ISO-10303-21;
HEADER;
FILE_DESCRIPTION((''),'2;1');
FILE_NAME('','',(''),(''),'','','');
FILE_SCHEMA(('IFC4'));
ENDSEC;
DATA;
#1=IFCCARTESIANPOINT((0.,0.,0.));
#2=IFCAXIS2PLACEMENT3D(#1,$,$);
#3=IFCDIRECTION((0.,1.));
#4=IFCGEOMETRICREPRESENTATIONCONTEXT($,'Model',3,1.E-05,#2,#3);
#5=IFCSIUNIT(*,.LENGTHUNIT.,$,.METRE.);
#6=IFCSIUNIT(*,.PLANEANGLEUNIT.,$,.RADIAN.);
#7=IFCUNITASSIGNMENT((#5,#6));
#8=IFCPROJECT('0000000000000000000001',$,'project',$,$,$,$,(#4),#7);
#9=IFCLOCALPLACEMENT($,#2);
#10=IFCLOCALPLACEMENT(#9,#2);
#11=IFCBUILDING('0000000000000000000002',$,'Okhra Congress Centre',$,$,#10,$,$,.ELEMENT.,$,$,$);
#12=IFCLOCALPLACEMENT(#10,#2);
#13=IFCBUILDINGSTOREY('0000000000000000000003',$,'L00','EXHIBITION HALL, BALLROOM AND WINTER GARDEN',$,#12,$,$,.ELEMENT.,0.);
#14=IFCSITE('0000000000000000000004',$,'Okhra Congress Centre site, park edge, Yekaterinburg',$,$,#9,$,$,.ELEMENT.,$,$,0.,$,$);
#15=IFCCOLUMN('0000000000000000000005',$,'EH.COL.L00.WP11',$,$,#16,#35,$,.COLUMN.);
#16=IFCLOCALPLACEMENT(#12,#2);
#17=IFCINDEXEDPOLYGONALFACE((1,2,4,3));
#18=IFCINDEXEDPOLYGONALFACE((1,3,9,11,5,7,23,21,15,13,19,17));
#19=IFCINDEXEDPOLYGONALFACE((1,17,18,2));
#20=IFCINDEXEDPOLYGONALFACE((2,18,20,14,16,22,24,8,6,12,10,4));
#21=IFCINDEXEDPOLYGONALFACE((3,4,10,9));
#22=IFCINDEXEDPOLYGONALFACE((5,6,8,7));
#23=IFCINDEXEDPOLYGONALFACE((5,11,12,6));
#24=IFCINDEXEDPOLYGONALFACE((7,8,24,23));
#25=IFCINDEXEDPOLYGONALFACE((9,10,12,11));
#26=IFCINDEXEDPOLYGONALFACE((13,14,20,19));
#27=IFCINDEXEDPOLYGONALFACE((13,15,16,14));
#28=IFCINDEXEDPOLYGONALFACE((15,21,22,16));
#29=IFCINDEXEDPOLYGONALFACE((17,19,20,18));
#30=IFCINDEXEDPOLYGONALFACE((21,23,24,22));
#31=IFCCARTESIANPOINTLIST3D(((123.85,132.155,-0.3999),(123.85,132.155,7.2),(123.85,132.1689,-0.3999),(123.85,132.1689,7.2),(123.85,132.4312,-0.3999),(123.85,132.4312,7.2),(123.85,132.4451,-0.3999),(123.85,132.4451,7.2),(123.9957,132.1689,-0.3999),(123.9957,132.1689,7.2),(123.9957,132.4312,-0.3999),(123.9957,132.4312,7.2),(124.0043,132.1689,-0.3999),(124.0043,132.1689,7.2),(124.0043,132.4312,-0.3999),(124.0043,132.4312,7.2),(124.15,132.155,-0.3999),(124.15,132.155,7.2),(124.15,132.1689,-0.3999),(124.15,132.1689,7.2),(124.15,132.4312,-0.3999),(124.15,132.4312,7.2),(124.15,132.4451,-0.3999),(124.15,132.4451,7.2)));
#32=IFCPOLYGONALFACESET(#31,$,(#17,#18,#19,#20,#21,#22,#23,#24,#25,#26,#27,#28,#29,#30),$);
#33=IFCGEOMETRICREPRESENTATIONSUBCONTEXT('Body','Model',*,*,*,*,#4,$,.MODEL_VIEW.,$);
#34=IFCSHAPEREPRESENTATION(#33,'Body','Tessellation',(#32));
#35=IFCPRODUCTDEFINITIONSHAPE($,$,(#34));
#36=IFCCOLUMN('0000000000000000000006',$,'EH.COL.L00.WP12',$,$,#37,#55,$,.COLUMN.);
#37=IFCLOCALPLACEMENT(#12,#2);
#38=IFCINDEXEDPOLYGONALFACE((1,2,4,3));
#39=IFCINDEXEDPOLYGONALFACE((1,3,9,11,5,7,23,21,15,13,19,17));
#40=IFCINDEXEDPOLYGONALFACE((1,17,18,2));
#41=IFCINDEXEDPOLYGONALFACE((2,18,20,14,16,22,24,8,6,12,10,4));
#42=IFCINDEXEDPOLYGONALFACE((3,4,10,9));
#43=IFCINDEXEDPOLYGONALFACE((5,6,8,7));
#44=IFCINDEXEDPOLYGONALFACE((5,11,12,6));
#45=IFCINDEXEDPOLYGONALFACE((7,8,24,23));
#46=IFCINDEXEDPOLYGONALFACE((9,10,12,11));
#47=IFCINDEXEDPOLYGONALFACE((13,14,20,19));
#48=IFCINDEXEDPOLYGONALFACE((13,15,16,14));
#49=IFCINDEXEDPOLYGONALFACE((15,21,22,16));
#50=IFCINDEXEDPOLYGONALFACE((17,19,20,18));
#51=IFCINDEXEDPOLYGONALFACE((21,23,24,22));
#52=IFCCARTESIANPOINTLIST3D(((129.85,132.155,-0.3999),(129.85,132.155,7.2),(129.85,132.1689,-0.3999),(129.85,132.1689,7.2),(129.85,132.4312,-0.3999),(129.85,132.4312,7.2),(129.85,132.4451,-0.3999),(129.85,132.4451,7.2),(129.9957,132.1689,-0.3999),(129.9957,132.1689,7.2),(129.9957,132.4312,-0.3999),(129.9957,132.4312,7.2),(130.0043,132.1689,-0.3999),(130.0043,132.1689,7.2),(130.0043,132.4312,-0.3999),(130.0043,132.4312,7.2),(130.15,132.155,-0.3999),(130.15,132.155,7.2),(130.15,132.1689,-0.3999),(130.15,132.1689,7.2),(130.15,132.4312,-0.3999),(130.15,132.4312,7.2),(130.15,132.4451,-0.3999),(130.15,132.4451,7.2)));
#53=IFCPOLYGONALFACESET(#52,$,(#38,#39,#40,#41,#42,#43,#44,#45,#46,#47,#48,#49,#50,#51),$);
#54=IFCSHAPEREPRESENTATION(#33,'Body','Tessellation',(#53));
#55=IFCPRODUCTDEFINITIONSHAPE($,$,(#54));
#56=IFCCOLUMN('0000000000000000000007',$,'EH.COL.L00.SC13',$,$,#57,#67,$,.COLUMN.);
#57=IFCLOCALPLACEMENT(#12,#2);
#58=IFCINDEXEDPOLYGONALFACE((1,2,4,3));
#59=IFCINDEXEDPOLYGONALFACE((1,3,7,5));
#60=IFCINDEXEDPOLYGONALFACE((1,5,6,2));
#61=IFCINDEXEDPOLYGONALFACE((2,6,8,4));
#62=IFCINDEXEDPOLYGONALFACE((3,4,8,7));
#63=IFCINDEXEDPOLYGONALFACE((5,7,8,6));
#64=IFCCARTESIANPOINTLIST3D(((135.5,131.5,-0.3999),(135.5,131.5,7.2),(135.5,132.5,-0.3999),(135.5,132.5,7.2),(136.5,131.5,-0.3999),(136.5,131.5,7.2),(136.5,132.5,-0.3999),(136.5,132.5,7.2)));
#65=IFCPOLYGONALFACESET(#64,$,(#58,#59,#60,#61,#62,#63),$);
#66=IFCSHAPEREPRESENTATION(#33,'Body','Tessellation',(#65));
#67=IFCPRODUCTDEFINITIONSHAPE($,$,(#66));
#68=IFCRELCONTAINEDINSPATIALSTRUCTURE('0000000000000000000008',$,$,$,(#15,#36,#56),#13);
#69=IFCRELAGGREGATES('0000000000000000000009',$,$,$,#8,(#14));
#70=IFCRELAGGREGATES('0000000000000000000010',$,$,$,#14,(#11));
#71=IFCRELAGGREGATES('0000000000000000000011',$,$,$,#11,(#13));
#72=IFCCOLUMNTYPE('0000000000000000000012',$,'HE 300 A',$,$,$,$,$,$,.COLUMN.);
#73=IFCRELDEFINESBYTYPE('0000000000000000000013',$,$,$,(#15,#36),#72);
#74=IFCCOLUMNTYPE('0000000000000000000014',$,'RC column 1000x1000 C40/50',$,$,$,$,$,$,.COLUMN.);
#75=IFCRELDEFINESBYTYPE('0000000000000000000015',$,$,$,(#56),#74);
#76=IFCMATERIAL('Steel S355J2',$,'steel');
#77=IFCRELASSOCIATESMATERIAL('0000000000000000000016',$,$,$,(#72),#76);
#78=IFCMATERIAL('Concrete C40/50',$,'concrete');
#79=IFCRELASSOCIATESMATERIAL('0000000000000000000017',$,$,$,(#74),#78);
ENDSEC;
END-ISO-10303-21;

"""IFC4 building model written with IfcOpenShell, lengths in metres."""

from ifc_helpers import new_model, si_unit, direction, frame, origin, origin_2d, place, context, subcontext, project, spatial, rectangle, i_section, extrude, material, material_profile, profile_set, type_object, element, save


model = new_model("IFC4")

# Units and contexts
model_context = context("Model", 3, precision=1e-05, world=origin(), true_north=direction((0.0, 1.0)))
body_context = subcontext(model_context, "Body", "Model", "MODEL_VIEW")
ifc_project = project(units=[si_unit("LENGTHUNIT", "METRE"), si_unit("PLANEANGLEUNIT", "RADIAN")], contexts=[model_context])

# Site, building, storey
site_placement = place(None, origin())
site = spatial("IfcSite", under=ifc_project, at=site_placement, Name="Okhra Congress Centre site, park edge, Yekaterinburg", CompositionType="ELEMENT", RefElevation=0.0)
building_placement = place(site_placement, origin())
building = spatial("IfcBuilding", under=site, at=building_placement, Name="Okhra Congress Centre", CompositionType="ELEMENT")
storey_placement = place(building_placement, origin())
storey = spatial("IfcBuildingStorey", under=building, at=storey_placement, Name="L00", Description="EXHIBITION HALL, BALLROOM AND WINTER GARDEN", CompositionType="ELEMENT", Elevation=0.0)

# Columns
ifc_material_1 = material(Name="Steel S355J2", Category="steel")
ifc_material_profile_1 = material_profile(ifc_material_1, i_section(OverallWidth=0.3, OverallDepth=0.29, WebThickness=0.0085, FlangeThickness=0.0139, at=origin_2d()), Name="HE 300 A")
ifc_profile_set_1 = profile_set([ifc_material_profile_1], Name="Steel S355J2")
column_type_1 = type_object("IfcColumnType", Name="HE 300 A", PredefinedType="COLUMN", material=ifc_profile_set_1)
for number, where, z_axis, x_axis, name in (
    (1, (124.0, 132.3, -0.3999), (0.0, 0.0, 1.0), (1.0, 0.0, 0.0), "EH.COL.L00.WP11"),
    (2, (130.0, 132.3, -0.3999), (0.0, 0.0, 1.0), (1.0, 0.0, 0.0), "EH.COL.L00.WP12"),
):
    element("IfcColumn", number, at=place(storey_placement, frame(where, z_axis=z_axis, x_axis=x_axis)), inside=storey, type_object=column_type_1, Name=name, PredefinedType="COLUMN", context=body_context, shape_type="SweptSolid", body=[
        extrude(i_section(OverallWidth=0.3, OverallDepth=0.29, WebThickness=0.0085, FlangeThickness=0.0139, at=origin_2d()), origin(), (0.0, 0.0, 1.0), 7.5999),
    ])
ifc_material_2 = material(Name="Concrete C40/50", Category="concrete")
ifc_material_profile_2 = material_profile(ifc_material_2, rectangle(XDim=1.0, YDim=1.0, at=origin_2d()), Name="RC 1000x1000")
ifc_profile_set_2 = profile_set([ifc_material_profile_2], Name="Concrete C40/50")
column_type_2 = type_object("IfcColumnType", Name="RC column 1000x1000 C40/50", PredefinedType="COLUMN", material=ifc_profile_set_2)
column_placement = place(storey_placement, frame((136.0, 132.0, -0.3999), z_axis=(0.0, 0.0, 1.0), x_axis=(1.0, 0.0, 0.0)))
element("IfcColumn", 3, at=column_placement, inside=storey, type_object=column_type_2, Name="EH.COL.L00.SC13", PredefinedType="COLUMN", context=body_context, shape_type="SweptSolid", body=[
    extrude(rectangle(XDim=1.0, YDim=1.0, at=origin_2d()), origin(), (0.0, 0.0, 1.0), 7.5999),
])

save(model, "model.ifc")
